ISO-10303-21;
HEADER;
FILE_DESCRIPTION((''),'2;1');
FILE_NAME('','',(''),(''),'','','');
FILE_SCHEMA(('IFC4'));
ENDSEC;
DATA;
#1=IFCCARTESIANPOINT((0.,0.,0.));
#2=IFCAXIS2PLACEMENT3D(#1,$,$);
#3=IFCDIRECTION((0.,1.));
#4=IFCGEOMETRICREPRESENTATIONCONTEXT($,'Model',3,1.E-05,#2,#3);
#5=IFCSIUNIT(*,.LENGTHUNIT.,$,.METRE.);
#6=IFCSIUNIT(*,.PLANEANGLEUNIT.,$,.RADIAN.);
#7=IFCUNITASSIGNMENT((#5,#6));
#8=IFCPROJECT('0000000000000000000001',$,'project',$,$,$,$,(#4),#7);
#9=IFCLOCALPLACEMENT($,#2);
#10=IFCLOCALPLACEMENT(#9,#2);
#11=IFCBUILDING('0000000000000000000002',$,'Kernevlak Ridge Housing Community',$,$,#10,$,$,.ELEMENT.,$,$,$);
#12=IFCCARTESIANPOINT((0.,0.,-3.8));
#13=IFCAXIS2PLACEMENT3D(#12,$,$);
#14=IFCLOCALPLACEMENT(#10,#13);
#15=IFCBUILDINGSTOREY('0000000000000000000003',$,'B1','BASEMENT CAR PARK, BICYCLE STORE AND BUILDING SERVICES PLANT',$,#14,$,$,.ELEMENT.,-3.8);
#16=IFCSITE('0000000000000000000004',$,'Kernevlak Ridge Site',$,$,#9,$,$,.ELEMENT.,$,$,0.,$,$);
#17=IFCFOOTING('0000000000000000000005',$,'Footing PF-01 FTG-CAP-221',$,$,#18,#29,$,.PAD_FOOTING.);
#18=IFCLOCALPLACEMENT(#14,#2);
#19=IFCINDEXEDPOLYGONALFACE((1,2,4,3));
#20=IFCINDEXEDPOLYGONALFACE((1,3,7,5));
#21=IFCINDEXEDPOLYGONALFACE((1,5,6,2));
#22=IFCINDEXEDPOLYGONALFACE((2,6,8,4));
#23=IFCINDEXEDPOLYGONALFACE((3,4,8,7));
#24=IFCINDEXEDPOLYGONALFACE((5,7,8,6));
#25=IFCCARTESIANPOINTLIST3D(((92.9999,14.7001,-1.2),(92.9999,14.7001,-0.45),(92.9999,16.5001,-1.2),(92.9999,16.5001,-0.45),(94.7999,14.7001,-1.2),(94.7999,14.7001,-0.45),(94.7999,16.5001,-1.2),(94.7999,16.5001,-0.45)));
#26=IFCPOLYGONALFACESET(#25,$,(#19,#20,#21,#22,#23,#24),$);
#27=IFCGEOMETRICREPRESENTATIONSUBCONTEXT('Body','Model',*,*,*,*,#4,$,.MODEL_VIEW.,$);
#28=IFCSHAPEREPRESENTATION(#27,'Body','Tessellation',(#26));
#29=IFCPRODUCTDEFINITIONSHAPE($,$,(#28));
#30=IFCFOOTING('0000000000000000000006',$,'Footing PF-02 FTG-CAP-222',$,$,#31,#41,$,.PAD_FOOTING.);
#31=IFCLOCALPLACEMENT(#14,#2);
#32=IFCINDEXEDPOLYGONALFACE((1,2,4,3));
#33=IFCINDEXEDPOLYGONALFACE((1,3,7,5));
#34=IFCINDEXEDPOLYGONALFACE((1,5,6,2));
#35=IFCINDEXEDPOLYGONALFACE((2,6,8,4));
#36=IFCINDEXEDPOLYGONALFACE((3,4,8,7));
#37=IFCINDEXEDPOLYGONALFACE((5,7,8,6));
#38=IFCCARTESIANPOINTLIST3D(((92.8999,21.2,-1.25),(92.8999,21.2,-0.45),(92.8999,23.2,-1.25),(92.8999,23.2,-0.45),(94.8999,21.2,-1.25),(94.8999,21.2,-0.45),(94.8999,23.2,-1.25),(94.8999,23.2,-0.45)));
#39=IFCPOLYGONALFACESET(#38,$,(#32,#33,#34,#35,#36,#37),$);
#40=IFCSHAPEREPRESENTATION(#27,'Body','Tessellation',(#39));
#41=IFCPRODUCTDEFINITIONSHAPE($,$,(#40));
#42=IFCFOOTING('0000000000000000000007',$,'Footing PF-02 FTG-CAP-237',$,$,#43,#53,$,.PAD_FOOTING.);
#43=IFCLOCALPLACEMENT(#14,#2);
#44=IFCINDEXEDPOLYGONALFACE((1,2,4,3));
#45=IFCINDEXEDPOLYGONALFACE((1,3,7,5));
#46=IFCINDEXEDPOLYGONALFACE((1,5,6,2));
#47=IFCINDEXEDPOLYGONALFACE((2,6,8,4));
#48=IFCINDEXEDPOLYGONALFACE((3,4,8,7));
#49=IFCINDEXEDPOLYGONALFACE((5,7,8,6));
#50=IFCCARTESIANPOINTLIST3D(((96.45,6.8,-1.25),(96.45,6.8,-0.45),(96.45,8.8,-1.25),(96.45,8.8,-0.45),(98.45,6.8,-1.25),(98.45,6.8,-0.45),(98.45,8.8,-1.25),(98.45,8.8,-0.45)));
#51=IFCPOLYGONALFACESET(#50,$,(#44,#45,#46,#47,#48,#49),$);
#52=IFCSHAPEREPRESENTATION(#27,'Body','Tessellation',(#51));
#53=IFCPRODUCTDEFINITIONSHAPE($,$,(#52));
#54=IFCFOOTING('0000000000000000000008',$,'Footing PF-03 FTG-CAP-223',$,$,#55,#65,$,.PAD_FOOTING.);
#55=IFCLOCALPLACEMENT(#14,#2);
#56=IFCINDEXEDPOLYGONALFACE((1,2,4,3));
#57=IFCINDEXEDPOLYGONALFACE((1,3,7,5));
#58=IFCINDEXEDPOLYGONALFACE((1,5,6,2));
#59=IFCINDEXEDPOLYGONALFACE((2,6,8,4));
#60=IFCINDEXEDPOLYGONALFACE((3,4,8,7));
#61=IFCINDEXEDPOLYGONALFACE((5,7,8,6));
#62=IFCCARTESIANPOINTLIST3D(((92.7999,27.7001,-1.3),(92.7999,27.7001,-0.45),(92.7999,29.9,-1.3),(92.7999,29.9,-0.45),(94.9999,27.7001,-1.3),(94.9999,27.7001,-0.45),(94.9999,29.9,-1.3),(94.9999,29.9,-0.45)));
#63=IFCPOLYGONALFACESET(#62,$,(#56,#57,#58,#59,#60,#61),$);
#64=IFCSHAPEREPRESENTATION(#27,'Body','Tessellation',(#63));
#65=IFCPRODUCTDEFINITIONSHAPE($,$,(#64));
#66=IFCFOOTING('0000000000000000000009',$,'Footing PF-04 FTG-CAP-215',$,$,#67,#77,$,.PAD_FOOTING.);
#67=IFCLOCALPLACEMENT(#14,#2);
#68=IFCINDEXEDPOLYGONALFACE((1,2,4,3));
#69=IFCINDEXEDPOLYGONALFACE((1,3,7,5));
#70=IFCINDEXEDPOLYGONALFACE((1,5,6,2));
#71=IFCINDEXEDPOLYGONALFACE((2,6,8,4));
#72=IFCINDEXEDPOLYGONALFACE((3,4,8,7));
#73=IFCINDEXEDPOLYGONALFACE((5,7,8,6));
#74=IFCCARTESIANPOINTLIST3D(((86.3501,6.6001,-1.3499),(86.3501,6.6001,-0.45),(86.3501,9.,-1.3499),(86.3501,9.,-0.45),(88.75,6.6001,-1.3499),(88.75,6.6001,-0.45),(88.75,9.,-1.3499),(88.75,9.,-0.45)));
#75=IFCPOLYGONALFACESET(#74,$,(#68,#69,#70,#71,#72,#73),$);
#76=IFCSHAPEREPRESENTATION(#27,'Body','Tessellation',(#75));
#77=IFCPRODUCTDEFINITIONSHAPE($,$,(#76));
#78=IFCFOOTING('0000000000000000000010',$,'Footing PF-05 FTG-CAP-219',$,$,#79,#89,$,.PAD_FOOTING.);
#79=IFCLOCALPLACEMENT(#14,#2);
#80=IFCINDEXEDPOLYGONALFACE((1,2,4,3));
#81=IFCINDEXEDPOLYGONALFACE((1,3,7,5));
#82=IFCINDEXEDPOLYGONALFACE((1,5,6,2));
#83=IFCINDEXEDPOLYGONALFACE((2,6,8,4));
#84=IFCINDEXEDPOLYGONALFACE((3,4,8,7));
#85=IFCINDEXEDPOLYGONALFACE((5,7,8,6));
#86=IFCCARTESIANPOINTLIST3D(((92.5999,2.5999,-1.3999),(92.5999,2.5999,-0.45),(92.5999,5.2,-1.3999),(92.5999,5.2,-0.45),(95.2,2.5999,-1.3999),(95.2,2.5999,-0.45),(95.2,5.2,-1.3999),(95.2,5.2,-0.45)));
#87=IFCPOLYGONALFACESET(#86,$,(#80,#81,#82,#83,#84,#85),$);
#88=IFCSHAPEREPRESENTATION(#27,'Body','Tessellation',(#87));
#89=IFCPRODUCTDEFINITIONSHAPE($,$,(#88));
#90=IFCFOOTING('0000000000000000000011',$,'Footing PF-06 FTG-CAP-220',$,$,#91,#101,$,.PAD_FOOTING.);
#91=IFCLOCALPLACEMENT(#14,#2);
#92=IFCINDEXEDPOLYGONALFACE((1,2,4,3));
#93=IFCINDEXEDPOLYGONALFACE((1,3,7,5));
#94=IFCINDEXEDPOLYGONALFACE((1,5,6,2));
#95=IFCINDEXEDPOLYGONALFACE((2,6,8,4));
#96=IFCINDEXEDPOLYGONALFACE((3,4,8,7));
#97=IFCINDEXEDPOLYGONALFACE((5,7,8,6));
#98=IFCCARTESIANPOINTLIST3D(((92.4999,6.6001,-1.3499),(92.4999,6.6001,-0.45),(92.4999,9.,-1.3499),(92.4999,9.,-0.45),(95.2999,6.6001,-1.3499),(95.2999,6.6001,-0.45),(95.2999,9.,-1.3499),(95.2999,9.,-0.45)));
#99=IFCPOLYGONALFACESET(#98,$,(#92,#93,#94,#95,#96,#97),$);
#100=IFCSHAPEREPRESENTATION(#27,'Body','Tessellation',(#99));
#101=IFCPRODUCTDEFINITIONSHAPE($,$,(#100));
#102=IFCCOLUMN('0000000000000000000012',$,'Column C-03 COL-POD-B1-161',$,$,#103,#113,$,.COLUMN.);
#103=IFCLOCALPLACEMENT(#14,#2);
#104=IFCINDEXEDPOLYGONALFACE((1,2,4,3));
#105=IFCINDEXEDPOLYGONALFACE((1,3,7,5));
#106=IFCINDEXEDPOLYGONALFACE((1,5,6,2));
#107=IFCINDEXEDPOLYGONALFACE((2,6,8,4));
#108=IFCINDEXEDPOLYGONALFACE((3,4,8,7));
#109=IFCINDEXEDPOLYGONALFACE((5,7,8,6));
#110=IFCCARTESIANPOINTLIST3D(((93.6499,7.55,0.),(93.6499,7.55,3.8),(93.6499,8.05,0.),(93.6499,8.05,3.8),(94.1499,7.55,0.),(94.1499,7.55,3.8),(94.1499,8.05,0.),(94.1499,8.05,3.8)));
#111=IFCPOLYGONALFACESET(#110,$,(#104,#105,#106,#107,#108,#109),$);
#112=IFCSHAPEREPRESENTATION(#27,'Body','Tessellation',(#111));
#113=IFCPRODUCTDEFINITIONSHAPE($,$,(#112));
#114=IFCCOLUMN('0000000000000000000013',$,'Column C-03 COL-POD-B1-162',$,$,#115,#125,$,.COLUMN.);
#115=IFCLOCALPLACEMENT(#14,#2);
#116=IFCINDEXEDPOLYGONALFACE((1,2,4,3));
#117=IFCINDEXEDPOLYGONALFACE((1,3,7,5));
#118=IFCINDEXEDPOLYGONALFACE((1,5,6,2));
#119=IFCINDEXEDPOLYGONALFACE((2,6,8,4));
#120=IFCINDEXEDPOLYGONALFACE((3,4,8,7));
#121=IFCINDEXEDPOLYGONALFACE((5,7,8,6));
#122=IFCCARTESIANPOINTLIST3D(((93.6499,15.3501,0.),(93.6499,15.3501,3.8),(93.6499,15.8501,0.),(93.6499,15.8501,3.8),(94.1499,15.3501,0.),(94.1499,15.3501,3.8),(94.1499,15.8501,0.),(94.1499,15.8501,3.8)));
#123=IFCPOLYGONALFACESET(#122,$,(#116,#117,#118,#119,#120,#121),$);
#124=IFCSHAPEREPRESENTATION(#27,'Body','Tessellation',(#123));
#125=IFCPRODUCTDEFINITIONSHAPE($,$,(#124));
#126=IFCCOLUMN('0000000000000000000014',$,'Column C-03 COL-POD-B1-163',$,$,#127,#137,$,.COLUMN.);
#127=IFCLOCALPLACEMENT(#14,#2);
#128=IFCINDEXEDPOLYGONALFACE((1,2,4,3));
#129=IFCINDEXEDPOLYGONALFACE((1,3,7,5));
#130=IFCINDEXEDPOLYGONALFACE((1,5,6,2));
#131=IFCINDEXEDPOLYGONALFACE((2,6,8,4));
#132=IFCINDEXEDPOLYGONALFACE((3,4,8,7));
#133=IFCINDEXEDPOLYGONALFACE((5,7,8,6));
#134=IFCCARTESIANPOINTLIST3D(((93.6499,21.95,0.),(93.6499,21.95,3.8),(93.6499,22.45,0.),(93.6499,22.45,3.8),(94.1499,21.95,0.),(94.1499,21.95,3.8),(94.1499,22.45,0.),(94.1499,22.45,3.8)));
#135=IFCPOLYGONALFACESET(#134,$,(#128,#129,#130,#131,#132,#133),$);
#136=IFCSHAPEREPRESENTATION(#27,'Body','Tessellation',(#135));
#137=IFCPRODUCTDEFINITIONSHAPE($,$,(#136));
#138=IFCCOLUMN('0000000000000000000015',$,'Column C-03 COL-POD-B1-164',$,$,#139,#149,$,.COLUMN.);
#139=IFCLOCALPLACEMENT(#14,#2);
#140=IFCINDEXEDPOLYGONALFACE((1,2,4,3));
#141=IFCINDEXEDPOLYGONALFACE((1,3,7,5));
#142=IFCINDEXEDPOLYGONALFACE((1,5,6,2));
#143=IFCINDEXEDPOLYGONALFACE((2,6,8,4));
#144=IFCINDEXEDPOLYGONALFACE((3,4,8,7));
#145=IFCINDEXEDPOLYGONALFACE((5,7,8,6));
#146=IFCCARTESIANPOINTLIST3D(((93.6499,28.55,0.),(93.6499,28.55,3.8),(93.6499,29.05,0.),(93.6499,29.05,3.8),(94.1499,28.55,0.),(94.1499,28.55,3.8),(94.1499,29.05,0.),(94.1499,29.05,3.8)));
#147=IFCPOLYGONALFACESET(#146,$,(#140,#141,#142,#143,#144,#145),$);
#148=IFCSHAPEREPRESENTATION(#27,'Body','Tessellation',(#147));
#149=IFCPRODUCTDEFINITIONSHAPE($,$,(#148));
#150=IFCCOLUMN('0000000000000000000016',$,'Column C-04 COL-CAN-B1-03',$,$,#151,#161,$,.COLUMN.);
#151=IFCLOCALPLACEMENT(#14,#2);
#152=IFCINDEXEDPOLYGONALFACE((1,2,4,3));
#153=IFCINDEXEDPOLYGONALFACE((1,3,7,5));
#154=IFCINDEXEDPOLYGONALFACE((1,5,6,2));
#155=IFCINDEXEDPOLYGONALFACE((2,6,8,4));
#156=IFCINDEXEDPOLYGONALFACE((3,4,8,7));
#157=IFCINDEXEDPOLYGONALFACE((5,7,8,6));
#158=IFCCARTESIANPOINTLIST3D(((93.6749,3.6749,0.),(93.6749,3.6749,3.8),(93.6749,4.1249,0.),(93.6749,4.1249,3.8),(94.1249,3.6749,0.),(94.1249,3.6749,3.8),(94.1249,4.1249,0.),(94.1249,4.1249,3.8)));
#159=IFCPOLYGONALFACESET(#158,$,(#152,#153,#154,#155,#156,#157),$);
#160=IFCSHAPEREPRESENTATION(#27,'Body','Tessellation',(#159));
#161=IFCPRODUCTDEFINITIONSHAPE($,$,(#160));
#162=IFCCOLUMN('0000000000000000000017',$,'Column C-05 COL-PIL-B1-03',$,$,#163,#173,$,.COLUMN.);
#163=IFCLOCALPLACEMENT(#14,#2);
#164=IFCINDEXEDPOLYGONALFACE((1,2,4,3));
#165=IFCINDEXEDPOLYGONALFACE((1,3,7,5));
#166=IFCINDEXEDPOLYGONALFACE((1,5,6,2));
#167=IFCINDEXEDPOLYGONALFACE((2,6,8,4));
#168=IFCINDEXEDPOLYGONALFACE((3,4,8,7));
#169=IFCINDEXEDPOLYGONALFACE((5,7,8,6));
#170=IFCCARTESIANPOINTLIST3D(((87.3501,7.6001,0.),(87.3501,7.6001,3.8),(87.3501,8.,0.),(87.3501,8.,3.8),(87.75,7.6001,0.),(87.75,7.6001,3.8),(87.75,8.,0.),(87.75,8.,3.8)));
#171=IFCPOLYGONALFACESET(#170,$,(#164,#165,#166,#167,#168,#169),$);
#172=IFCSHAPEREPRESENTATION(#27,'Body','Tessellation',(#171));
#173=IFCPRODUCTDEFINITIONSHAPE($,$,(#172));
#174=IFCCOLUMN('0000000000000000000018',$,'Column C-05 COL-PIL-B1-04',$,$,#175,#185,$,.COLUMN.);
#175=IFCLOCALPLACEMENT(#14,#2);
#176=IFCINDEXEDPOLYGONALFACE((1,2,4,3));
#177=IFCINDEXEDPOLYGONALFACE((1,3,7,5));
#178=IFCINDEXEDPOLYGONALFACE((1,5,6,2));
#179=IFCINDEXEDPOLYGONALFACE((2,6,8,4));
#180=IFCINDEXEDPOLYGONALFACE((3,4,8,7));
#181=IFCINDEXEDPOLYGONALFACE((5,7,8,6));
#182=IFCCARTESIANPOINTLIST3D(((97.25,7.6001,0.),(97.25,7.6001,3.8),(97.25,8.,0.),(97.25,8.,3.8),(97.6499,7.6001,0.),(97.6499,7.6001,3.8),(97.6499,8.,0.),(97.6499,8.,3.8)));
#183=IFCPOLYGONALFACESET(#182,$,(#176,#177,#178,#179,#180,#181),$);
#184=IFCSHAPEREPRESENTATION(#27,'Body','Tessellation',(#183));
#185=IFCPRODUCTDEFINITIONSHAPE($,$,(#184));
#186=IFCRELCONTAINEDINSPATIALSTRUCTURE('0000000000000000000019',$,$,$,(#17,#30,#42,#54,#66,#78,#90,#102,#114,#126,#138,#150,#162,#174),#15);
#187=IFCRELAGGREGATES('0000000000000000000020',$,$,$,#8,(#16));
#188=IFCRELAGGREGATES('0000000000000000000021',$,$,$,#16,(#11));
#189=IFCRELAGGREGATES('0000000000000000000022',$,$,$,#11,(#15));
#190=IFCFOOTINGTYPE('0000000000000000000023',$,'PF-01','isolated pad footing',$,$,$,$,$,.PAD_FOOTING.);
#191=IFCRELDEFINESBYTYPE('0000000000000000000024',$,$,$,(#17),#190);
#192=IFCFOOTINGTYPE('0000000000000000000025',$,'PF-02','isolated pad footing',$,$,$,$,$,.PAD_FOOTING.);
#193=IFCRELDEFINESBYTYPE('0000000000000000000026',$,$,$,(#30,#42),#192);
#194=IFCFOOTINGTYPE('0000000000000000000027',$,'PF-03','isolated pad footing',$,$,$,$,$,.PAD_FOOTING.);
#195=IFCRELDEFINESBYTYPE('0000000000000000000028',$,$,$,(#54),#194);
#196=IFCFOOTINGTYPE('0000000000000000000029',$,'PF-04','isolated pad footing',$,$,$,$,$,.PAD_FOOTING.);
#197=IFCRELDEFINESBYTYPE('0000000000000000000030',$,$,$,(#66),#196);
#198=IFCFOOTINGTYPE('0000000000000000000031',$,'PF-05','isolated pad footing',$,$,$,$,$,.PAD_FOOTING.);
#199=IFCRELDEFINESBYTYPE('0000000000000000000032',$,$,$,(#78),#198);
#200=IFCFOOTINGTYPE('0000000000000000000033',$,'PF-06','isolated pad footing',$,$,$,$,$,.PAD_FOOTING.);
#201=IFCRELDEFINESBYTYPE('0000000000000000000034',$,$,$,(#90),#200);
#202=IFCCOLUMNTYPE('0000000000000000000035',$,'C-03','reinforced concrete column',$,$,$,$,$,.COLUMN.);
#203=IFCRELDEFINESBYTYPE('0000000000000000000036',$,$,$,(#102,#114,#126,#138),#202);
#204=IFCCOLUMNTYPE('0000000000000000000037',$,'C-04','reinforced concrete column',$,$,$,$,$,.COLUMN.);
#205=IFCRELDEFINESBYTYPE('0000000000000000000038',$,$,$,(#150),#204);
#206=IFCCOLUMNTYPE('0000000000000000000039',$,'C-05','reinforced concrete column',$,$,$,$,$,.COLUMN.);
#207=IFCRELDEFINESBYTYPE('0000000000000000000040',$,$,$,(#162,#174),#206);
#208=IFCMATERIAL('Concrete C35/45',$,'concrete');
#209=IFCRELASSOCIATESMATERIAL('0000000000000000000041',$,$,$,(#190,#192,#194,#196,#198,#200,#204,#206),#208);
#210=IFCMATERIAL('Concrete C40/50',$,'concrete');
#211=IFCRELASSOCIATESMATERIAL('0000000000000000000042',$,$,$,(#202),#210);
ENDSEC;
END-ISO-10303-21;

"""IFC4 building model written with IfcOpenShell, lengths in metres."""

from ifc_helpers import new_model, si_unit, direction, frame, origin, origin_2d, place, context, subcontext, project, spatial, rectangle, extrude, material, material_profile, profile_set, type_object, element, save


model = new_model("IFC4")

# Units and contexts
model_context = context("Model", 3, precision=1e-05, world=origin(), true_north=direction((0.0, 1.0)))
body_context = subcontext(model_context, "Body", "Model", "MODEL_VIEW")
ifc_project = project(units=[si_unit("LENGTHUNIT", "METRE"), si_unit("PLANEANGLEUNIT", "RADIAN")], contexts=[model_context])

# Site, building, storey
site_placement = place(None, origin())
site = spatial("IfcSite", under=ifc_project, at=site_placement, Name="Kernevlak Ridge Site", CompositionType="ELEMENT", RefElevation=0.0)
building_placement = place(site_placement, origin())
building = spatial("IfcBuilding", under=site, at=building_placement, Name="Kernevlak Ridge Housing Community", CompositionType="ELEMENT")
storey_placement = place(building_placement, frame((0.0, 0.0, -3.8)))
storey = spatial("IfcBuildingStorey", under=building, at=storey_placement, Name="B1", Description="BASEMENT CAR PARK, BICYCLE STORE AND BUILDING SERVICES PLANT", CompositionType="ELEMENT", Elevation=-3.8)

# Shared definitions
ifc_material_1 = material(Name="Concrete C35/45", Category="concrete")

# Footings
footing_type_1 = type_object("IfcFootingType", Name="PF-01", Description="isolated pad footing", PredefinedType="PAD_FOOTING", material=ifc_material_1)
footing_1_placement = place(storey_placement, frame((93.8999, 15.6001, -1.2), z_axis=(0.0, 0.0, 1.0), x_axis=(1.0, 0.0, 0.0)))
element("IfcFooting", 1, at=footing_1_placement, inside=storey, type_object=footing_type_1, Name="Footing PF-01 FTG-CAP-221", PredefinedType="PAD_FOOTING", context=body_context, shape_type="SweptSolid", body=[
    extrude(rectangle(XDim=1.8, YDim=1.8, at=origin_2d()), origin(), (0.0, 0.0, 1.0), 0.75),
])
footing_type_2 = type_object("IfcFootingType", Name="PF-02", Description="isolated pad footing", PredefinedType="PAD_FOOTING", material=ifc_material_1)
for number, where, z_axis, x_axis, name in (
    (2, (93.8999, 22.2, -1.25), (0.0, 0.0, 1.0), (1.0, 0.0, 0.0), "Footing PF-02 FTG-CAP-222"),
    (3, (97.45, 7.8, -1.25), (0.0, 0.0, 1.0), (1.0, 0.0, 0.0), "Footing PF-02 FTG-CAP-237"),
):
    element("IfcFooting", number, at=place(storey_placement, frame(where, z_axis=z_axis, x_axis=x_axis)), inside=storey, type_object=footing_type_2, Name=name, PredefinedType="PAD_FOOTING", context=body_context, shape_type="SweptSolid", body=[
        extrude(rectangle(XDim=2.0, YDim=2.0, at=origin_2d()), origin(), (0.0, 0.0, 1.0), 0.8),
    ])
footing_type_3 = type_object("IfcFootingType", Name="PF-03", Description="isolated pad footing", PredefinedType="PAD_FOOTING", material=ifc_material_1)
footing_2_placement = place(storey_placement, frame((93.8999, 28.8, -1.3), z_axis=(0.0, 0.0, 1.0), x_axis=(1.0, 0.0, 0.0)))
element("IfcFooting", 4, at=footing_2_placement, inside=storey, type_object=footing_type_3, Name="Footing PF-03 FTG-CAP-223", PredefinedType="PAD_FOOTING", context=body_context, shape_type="SweptSolid", body=[
    extrude(rectangle(XDim=2.2, YDim=2.2, at=origin_2d()), origin(), (0.0, 0.0, 1.0), 0.8501),
])
footing_type_4 = type_object("IfcFootingType", Name="PF-04", Description="isolated pad footing", PredefinedType="PAD_FOOTING", material=ifc_material_1)
footing_3_placement = place(storey_placement, frame((87.55, 7.8, -1.3499), z_axis=(0.0, 0.0, 1.0), x_axis=(1.0, 0.0, 0.0)))
element("IfcFooting", 5, at=footing_3_placement, inside=storey, type_object=footing_type_4, Name="Footing PF-04 FTG-CAP-215", PredefinedType="PAD_FOOTING", context=body_context, shape_type="SweptSolid", body=[
    extrude(rectangle(XDim=2.3999, YDim=2.3999, at=origin_2d()), origin(), (0.0, 0.0, 1.0), 0.8999),
])
footing_type_5 = type_object("IfcFootingType", Name="PF-05", Description="isolated pad footing", PredefinedType="PAD_FOOTING", material=ifc_material_1)
footing_4_placement = place(storey_placement, frame((93.8999, 3.8999, -1.3999), z_axis=(0.0, 0.0, 1.0), x_axis=(1.0, 0.0, 0.0)))
element("IfcFooting", 6, at=footing_4_placement, inside=storey, type_object=footing_type_5, Name="Footing PF-05 FTG-CAP-219", PredefinedType="PAD_FOOTING", context=body_context, shape_type="SweptSolid", body=[
    extrude(rectangle(XDim=2.6001, YDim=2.6001, at=origin_2d()), origin(), (0.0, 0.0, 1.0), 0.95),
])
footing_type_6 = type_object("IfcFootingType", Name="PF-06", Description="isolated pad footing", PredefinedType="PAD_FOOTING", material=ifc_material_1)
footing_5_placement = place(storey_placement, frame((93.8999, 7.8, -1.3499), z_axis=(0.0, 0.0, 1.0), x_axis=(1.0, 0.0, 0.0)))
element("IfcFooting", 7, at=footing_5_placement, inside=storey, type_object=footing_type_6, Name="Footing PF-06 FTG-CAP-220", PredefinedType="PAD_FOOTING", context=body_context, shape_type="SweptSolid", body=[
    extrude(rectangle(XDim=2.8, YDim=2.3999, at=origin_2d()), origin(), (0.0, 0.0, 1.0), 0.8999),
])

# Columns
ifc_material_2 = material(Name="Concrete C40/50", Category="concrete")
ifc_material_profile_1 = material_profile(ifc_material_2, rectangle(XDim=0.5, YDim=0.5, at=origin_2d()), Name="RC 500x500")
ifc_profile_set_1 = profile_set([ifc_material_profile_1], Name="Concrete C40/50")
column_type_1 = type_object("IfcColumnType", Name="C-03", Description="reinforced concrete column", PredefinedType="COLUMN", material=ifc_profile_set_1)
for number, where, z_axis, x_axis, name in (
    (8, (93.8999, 7.8, 0.0), (0.0, 0.0, 1.0), (1.0, 0.0, 0.0), "Column C-03 COL-POD-B1-161"),
    (9, (93.8999, 15.6001, 0.0), (0.0, 0.0, 1.0), (1.0, 0.0, 0.0), "Column C-03 COL-POD-B1-162"),
    (10, (93.8999, 22.2, 0.0), (0.0, 0.0, 1.0), (1.0, 0.0, 0.0), "Column C-03 COL-POD-B1-163"),
    (11, (93.8999, 28.8, 0.0), (0.0, 0.0, 1.0), (1.0, 0.0, 0.0), "Column C-03 COL-POD-B1-164"),
):
    element("IfcColumn", number, at=place(storey_placement, frame(where, z_axis=z_axis, x_axis=x_axis)), inside=storey, type_object=column_type_1, Name=name, PredefinedType="COLUMN", context=body_context, shape_type="SweptSolid", body=[
        extrude(rectangle(XDim=0.5, YDim=0.5, at=origin_2d()), origin(), (0.0, 0.0, 1.0), 3.8),
    ])
ifc_material_profile_2 = material_profile(ifc_material_1, rectangle(XDim=0.45, YDim=0.45, at=origin_2d()), Name="RC 450x450")
ifc_profile_set_2 = profile_set([ifc_material_profile_2], Name="Concrete C35/45")
column_type_2 = type_object("IfcColumnType", Name="C-04", Description="reinforced concrete column", PredefinedType="COLUMN", material=ifc_profile_set_2)
column_placement = place(storey_placement, frame((93.8999, 3.8999, 0.0), z_axis=(0.0, 0.0, 1.0), x_axis=(1.0, 0.0, 0.0)))
element("IfcColumn", 12, at=column_placement, inside=storey, type_object=column_type_2, Name="Column C-04 COL-CAN-B1-03", PredefinedType="COLUMN", context=body_context, shape_type="SweptSolid", body=[
    extrude(rectangle(XDim=0.45, YDim=0.45, at=origin_2d()), origin(), (0.0, 0.0, 1.0), 3.8),
])
ifc_material_profile_3 = material_profile(ifc_material_1, rectangle(XDim=0.3999, YDim=0.3999, at=origin_2d()), Name="RC 400x400")
ifc_profile_set_3 = profile_set([ifc_material_profile_3], Name="Concrete C35/45")
column_type_3 = type_object("IfcColumnType", Name="C-05", Description="reinforced concrete column", PredefinedType="COLUMN", material=ifc_profile_set_3)
for number, where, z_axis, x_axis, name in (
    (13, (87.55, 7.8, 0.0), (0.0, 0.0, 1.0), (1.0, 0.0, 0.0), "Column C-05 COL-PIL-B1-03"),
    (14, (97.45, 7.8, 0.0), (0.0, 0.0, 1.0), (1.0, 0.0, 0.0), "Column C-05 COL-PIL-B1-04"),
):
    element("IfcColumn", number, at=place(storey_placement, frame(where, z_axis=z_axis, x_axis=x_axis)), inside=storey, type_object=column_type_3, Name=name, PredefinedType="COLUMN", context=body_context, shape_type="SweptSolid", body=[
        extrude(rectangle(XDim=0.3999, YDim=0.3999, at=origin_2d()), origin(), (0.0, 0.0, 1.0), 3.8),
    ])

save(model, "model.ifc")
